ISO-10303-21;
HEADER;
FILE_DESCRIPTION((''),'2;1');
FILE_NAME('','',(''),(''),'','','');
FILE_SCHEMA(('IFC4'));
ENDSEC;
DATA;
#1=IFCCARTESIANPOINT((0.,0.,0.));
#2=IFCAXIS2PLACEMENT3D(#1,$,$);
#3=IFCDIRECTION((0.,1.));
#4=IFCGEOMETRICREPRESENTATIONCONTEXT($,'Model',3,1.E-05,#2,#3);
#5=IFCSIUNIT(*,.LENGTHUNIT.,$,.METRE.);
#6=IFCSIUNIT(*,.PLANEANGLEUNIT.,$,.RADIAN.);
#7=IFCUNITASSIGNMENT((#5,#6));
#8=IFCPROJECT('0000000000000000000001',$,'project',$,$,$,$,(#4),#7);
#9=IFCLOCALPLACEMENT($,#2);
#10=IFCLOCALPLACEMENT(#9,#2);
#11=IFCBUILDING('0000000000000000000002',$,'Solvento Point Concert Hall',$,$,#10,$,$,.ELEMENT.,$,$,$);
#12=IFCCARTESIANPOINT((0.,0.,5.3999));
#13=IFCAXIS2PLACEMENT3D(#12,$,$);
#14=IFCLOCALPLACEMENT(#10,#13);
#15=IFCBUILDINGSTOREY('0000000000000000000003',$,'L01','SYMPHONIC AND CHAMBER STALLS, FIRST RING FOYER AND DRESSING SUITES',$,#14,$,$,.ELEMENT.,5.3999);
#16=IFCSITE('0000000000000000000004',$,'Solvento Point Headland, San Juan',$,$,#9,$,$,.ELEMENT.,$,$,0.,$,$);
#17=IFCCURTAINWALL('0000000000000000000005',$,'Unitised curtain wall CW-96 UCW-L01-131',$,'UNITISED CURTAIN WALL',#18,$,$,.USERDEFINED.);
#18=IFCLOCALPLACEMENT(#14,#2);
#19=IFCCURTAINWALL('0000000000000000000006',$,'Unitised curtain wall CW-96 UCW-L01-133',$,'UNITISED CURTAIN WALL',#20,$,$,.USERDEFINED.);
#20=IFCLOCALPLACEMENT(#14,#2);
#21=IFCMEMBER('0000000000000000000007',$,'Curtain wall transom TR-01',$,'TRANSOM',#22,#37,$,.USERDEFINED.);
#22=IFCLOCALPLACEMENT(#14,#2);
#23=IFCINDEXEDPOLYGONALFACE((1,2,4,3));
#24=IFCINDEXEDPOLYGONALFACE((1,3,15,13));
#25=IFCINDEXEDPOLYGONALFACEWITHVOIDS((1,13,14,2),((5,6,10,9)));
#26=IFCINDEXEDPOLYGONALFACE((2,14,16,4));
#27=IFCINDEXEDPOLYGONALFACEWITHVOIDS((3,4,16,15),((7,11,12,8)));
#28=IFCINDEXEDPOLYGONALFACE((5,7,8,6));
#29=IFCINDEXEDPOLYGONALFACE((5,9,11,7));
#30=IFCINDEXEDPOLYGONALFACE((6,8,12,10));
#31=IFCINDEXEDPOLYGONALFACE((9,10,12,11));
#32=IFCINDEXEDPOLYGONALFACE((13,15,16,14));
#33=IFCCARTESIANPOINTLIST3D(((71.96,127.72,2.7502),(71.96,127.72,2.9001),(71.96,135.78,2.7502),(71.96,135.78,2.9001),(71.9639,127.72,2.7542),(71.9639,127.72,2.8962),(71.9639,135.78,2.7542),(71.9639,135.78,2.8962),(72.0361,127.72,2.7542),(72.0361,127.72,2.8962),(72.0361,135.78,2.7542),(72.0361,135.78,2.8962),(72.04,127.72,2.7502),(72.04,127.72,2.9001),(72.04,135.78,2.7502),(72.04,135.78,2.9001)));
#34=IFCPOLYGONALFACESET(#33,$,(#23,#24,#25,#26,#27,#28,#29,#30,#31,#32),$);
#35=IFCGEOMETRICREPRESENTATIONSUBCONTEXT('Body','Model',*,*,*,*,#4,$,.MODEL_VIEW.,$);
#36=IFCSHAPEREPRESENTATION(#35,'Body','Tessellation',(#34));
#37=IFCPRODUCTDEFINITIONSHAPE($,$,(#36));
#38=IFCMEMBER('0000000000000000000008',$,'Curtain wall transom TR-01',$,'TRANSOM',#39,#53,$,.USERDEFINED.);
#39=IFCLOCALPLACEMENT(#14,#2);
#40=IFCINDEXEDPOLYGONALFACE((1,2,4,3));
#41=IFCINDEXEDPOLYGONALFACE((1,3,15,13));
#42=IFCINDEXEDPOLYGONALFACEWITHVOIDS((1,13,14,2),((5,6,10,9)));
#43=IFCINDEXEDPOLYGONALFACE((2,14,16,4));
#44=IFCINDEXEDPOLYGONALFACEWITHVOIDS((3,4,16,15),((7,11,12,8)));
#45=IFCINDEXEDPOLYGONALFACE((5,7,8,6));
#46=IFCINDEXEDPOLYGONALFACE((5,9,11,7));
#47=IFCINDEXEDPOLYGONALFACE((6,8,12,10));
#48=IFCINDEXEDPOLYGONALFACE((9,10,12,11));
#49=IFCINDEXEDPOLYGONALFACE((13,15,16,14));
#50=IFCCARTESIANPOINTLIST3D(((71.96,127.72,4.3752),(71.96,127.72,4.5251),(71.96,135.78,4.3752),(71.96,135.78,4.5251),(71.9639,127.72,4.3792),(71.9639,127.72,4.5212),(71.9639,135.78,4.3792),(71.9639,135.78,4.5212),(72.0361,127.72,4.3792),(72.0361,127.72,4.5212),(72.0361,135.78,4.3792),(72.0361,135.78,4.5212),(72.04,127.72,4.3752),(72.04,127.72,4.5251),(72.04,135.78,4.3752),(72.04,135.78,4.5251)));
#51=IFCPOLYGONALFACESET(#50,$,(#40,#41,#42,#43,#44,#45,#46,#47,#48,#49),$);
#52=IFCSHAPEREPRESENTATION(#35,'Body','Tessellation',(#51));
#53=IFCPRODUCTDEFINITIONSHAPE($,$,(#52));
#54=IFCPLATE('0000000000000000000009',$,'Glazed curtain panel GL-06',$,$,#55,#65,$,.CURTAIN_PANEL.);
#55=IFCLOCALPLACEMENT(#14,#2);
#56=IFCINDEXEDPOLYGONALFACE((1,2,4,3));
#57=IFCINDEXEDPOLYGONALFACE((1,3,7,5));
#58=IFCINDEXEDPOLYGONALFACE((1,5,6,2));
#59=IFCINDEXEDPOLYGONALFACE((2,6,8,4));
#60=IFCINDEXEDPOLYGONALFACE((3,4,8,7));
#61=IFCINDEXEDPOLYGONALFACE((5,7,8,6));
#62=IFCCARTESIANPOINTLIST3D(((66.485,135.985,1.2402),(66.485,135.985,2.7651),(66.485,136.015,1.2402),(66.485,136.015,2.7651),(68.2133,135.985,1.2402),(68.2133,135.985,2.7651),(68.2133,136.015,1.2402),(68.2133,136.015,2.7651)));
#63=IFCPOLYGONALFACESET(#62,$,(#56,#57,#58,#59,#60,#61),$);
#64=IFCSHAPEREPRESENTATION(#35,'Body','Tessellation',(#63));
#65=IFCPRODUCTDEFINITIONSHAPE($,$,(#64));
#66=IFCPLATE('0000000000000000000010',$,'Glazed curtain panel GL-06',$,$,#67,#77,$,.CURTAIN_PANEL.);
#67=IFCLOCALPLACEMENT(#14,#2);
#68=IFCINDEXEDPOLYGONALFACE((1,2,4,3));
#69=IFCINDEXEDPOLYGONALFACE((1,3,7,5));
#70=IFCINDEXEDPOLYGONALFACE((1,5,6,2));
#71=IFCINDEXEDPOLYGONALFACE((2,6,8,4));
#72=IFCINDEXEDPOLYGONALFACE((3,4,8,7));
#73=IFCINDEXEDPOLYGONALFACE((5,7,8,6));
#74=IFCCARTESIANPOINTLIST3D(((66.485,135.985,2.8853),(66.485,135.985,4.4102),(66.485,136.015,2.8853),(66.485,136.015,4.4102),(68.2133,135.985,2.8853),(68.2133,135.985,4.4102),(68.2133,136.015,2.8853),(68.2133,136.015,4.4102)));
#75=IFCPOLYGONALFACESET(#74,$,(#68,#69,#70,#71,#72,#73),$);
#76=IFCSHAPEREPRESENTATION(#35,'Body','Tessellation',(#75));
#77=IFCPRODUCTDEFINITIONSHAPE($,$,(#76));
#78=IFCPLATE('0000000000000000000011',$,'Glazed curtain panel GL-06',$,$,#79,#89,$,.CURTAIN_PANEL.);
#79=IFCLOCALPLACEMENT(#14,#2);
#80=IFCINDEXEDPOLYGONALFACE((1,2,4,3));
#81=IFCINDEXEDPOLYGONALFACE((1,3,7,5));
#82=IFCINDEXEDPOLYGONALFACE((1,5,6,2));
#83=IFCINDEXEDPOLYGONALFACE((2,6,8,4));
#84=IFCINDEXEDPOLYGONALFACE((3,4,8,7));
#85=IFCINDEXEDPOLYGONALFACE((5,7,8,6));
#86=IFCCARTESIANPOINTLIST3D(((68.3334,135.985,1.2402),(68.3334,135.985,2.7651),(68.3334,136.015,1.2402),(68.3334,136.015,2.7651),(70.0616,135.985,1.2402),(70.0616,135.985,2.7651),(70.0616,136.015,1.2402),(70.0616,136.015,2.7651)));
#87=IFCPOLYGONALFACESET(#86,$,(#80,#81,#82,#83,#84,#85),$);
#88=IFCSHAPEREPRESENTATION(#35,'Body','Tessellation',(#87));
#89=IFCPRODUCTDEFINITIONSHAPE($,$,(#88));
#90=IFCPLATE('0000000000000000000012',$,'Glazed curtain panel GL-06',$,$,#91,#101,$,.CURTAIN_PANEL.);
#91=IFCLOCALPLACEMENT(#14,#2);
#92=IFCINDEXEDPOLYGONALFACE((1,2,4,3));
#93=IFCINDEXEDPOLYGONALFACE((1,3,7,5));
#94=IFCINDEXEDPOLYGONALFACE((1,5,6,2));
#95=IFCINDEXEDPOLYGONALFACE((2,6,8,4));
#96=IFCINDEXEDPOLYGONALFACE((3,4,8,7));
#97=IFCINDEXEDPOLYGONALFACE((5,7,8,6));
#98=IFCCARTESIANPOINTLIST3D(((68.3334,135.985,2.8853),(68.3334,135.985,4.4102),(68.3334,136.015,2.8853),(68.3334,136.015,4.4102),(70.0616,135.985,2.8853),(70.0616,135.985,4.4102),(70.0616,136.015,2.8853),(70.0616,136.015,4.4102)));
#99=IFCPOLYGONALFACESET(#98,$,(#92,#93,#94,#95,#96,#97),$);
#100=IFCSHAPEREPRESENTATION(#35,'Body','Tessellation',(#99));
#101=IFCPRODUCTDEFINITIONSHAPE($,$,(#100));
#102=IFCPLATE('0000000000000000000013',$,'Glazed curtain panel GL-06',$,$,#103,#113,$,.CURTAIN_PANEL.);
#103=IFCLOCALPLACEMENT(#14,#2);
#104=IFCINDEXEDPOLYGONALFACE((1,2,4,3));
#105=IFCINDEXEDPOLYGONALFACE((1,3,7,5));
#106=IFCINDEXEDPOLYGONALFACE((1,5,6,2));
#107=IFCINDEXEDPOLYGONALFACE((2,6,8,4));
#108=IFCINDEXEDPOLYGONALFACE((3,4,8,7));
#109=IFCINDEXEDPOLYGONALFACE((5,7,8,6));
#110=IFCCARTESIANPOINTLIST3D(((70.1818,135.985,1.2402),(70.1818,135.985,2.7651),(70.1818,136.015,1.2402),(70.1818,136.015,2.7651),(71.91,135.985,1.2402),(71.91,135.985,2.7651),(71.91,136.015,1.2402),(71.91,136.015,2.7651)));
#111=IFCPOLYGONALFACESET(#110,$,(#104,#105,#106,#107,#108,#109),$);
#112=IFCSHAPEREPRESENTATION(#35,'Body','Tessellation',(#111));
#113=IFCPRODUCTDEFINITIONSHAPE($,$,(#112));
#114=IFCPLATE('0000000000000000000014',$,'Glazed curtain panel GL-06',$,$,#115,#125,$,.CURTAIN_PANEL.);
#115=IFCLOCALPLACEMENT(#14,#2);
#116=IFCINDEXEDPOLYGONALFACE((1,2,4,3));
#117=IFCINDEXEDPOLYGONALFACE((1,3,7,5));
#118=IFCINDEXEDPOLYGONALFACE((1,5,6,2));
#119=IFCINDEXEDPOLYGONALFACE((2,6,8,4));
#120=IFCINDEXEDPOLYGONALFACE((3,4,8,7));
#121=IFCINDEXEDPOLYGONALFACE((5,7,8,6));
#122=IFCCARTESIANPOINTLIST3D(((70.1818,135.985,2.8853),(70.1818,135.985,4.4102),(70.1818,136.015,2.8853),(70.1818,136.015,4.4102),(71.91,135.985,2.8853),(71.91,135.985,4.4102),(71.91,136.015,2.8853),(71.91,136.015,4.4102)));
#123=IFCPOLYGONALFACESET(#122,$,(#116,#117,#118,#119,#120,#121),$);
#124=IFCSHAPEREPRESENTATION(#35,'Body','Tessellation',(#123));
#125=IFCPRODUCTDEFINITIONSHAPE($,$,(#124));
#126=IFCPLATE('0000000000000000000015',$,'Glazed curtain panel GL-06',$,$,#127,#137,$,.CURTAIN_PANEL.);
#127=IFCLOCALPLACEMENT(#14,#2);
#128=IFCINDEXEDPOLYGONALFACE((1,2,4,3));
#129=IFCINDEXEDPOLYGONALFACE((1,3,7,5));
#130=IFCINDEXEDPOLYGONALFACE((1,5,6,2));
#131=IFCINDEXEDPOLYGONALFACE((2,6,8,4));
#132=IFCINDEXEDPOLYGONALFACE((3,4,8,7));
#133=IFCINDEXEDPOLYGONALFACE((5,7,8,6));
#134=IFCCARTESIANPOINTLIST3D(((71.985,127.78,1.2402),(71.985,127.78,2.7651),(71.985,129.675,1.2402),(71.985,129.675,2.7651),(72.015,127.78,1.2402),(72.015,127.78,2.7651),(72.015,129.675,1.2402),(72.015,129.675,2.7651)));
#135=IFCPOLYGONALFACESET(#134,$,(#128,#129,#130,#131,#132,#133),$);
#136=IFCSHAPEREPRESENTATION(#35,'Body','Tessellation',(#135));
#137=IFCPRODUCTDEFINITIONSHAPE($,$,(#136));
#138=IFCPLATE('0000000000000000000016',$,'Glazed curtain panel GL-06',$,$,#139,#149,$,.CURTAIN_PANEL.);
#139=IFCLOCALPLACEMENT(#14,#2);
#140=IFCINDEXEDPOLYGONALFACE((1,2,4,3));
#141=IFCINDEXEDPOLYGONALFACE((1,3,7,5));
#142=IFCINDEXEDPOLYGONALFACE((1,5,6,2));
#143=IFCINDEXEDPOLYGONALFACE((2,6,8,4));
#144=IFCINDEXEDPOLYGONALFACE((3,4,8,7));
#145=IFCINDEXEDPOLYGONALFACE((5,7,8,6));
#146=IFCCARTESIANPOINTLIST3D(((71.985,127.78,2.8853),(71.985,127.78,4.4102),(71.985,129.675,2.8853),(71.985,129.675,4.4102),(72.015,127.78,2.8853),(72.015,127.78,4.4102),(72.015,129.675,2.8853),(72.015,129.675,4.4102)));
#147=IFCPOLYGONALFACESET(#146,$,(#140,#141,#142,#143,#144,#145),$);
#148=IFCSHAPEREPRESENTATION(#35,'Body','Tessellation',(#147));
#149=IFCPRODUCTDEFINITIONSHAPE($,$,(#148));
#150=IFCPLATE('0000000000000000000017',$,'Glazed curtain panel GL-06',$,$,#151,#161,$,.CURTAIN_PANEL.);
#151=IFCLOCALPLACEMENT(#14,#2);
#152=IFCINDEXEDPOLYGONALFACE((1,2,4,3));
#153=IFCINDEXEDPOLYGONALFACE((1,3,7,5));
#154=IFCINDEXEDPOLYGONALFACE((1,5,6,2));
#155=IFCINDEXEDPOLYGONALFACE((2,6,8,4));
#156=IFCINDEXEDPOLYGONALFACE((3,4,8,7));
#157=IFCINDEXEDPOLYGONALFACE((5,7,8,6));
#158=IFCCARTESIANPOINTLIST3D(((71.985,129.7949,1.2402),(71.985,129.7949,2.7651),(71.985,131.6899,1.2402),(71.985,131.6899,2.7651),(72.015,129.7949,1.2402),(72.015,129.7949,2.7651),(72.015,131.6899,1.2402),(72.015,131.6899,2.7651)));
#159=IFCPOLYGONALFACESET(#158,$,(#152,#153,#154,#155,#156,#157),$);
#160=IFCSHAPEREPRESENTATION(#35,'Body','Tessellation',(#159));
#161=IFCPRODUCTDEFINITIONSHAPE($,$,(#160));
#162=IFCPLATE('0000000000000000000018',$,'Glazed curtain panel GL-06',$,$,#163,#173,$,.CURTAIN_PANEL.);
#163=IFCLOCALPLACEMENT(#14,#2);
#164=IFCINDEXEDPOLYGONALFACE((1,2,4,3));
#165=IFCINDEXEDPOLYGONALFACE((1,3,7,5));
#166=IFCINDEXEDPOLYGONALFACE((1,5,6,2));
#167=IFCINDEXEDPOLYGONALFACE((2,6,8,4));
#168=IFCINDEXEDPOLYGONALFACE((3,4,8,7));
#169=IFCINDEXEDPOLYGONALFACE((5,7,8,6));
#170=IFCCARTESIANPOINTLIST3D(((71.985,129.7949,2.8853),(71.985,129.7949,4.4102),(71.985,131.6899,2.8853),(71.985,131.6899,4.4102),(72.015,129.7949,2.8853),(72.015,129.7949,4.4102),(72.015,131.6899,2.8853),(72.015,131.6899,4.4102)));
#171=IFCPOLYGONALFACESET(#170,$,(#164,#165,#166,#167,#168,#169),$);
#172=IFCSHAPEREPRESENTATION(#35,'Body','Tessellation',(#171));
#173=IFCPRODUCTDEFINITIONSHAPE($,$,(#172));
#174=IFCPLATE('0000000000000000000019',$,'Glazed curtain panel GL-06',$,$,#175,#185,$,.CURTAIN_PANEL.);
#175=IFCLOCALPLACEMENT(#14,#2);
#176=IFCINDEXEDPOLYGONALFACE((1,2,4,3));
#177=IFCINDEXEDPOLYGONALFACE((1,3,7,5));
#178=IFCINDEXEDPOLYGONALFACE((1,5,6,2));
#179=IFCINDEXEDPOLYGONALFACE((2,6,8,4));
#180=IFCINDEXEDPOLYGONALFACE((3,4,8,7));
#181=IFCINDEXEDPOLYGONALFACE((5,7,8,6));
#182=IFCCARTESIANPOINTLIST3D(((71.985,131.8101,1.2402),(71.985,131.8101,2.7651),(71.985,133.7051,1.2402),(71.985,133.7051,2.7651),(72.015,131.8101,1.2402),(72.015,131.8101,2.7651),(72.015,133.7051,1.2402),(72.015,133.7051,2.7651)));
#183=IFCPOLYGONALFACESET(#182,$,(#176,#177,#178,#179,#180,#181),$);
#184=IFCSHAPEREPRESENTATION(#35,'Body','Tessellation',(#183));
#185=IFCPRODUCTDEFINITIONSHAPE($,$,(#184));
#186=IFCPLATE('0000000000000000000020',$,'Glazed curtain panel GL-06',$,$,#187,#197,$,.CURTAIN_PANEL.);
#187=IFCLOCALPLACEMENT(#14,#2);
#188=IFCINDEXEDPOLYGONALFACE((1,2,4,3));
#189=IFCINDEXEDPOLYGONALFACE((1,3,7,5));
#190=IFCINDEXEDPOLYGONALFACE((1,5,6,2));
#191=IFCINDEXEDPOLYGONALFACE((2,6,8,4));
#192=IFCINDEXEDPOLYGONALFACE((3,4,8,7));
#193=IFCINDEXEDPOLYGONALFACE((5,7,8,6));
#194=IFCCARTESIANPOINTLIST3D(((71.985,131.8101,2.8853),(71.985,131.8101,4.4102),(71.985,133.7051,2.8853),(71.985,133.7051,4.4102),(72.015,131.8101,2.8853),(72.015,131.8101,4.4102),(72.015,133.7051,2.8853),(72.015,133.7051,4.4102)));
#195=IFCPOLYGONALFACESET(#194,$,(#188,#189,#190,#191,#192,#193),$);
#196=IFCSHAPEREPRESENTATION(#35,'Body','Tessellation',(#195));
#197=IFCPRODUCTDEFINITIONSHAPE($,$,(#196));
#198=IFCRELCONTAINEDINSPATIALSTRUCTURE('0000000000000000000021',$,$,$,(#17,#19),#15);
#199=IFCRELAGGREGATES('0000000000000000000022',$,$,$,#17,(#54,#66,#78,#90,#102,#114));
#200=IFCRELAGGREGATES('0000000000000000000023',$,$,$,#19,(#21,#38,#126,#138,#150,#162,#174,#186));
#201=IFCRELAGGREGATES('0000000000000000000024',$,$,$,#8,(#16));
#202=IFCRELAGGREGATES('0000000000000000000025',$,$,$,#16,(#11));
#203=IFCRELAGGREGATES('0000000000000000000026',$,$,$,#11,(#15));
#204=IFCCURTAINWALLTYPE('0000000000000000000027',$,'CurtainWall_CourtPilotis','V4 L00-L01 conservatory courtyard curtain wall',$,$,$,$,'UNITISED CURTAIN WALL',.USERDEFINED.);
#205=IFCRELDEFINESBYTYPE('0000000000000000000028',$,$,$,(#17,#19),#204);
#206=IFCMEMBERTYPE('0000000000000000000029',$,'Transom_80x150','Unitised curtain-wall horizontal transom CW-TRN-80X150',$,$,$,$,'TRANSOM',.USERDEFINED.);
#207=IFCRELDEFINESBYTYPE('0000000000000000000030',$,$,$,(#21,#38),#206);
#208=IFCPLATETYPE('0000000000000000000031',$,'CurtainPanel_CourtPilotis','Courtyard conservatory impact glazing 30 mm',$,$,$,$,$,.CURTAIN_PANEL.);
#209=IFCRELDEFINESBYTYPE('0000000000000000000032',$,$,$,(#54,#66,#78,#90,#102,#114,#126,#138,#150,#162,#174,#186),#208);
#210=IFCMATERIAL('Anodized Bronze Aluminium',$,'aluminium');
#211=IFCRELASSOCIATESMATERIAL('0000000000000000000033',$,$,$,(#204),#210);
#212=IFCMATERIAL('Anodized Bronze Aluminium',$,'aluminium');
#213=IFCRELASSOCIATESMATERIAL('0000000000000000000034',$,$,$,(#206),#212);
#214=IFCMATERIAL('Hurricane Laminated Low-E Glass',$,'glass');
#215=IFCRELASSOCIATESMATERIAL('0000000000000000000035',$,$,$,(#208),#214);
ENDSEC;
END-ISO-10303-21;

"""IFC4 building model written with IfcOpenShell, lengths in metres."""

from ifc_helpers import new_model, si_unit, direction, frame, origin, origin_2d, place, context, subcontext, project, spatial, rectangle, hollow_rectangle, extrude, material, material_profile, profile_set, type_object, element, aggregate, save


model = new_model("IFC4")

# Units and contexts
model_context = context("Model", 3, precision=1e-05, world=origin(), true_north=direction((0.0, 1.0)))
body_context = subcontext(model_context, "Body", "Model", "MODEL_VIEW")
ifc_project = project(units=[si_unit("LENGTHUNIT", "METRE"), si_unit("PLANEANGLEUNIT", "RADIAN")], contexts=[model_context])

# Site, building, storey
site_placement = place(None, origin())
site = spatial("IfcSite", under=ifc_project, at=site_placement, Name="Solvento Point Headland, San Juan", CompositionType="ELEMENT", RefElevation=0.0)
building_placement = place(site_placement, origin())
building = spatial("IfcBuilding", under=site, at=building_placement, Name="Solvento Point Concert Hall", CompositionType="ELEMENT")
storey_placement = place(building_placement, frame((0.0, 0.0, 5.3999)))
storey = spatial("IfcBuildingStorey", under=building, at=storey_placement, Name="L01", Description="SYMPHONIC AND CHAMBER STALLS, FIRST RING FOYER AND DRESSING SUITES", CompositionType="ELEMENT", Elevation=5.3999)

# Curtain walls
ifc_material_1 = material(Name="Anodized Bronze Aluminium", Category="aluminium")
curtain_wall_type = type_object("IfcCurtainWallType", Name="CurtainWall_CourtPilotis", Description="V4 L00-L01 conservatory courtyard curtain wall", ElementType="UNITISED CURTAIN WALL", PredefinedType="USERDEFINED", material=ifc_material_1)
curtain_wall_1_placement = place(storey_placement, origin())
curtain_wall_1 = element("IfcCurtainWall", 1, at=curtain_wall_1_placement, inside=storey, type_object=curtain_wall_type, Name="Unitised curtain wall CW-96 UCW-L01-131", ObjectType="UNITISED CURTAIN WALL", PredefinedType="USERDEFINED")
curtain_wall_2_placement = place(storey_placement, origin())
curtain_wall_2 = element("IfcCurtainWall", 2, at=curtain_wall_2_placement, inside=storey, type_object=curtain_wall_type, Name="Unitised curtain wall CW-96 UCW-L01-133", ObjectType="UNITISED CURTAIN WALL", PredefinedType="USERDEFINED")

# Members
ifc_material_2 = material(Name="Anodized Bronze Aluminium", Category="aluminium")
ifc_material_profile_1 = material_profile(ifc_material_2, hollow_rectangle(XDim=0.0801, YDim=0.1499, WallThickness=0.0039, at=origin_2d()), Name="CW-TRN-80X150")
ifc_profile_set_1 = profile_set([ifc_material_profile_1], Name="Anodized Bronze Aluminium")
member_type_1 = type_object("IfcMemberType", Name="Transom_80x150", Description="Unitised curtain-wall horizontal transom CW-TRN-80X150", ElementType="TRANSOM", PredefinedType="USERDEFINED", material=ifc_profile_set_1)
member_1_placement = place(storey_placement, frame((72.0, 127.72, 2.8252), z_axis=(0.0, 1.0, 0.0), x_axis=(-1.0, 0.0, 0.0)))
member_1 = element("IfcMember", 3, at=member_1_placement, type_object=member_type_1, Name="Curtain wall transom TR-01", ObjectType="TRANSOM", PredefinedType="USERDEFINED", context=body_context, shape_type="SweptSolid", body=[
    extrude(hollow_rectangle(XDim=0.0801, YDim=0.1499, WallThickness=0.0039, at=origin_2d()), origin(), (0.0, 0.0, 1.0), 8.0601),
])
member_2_placement = place(storey_placement, frame((72.0, 127.72, 4.4502), z_axis=(0.0, 1.0, 0.0), x_axis=(-1.0, 0.0, 0.0)))
member_2 = element("IfcMember", 4, at=member_2_placement, type_object=member_type_1, Name="Curtain wall transom TR-01", ObjectType="TRANSOM", PredefinedType="USERDEFINED", context=body_context, shape_type="SweptSolid", body=[
    extrude(hollow_rectangle(XDim=0.0801, YDim=0.1499, WallThickness=0.0039, at=origin_2d()), origin(), (0.0, 0.0, 1.0), 8.0601),
])

# Plates
ifc_material_3 = material(Name="Hurricane Laminated Low-E Glass", Category="glass")
plate_type = type_object("IfcPlateType", Name="CurtainPanel_CourtPilotis", Description="Courtyard conservatory impact glazing 30 mm", PredefinedType="CURTAIN_PANEL", material=ifc_material_3)
plate_1_placement = place(storey_placement, frame((67.3491, 136.0, 1.2402), z_axis=(0.0, 0.0, 1.0), x_axis=(1.0, 0.0, 0.0)))
plate_1 = element("IfcPlate", 5, at=plate_1_placement, type_object=plate_type, Name="Glazed curtain panel GL-06", PredefinedType="CURTAIN_PANEL", context=body_context, shape_type="SweptSolid", body=[
    extrude(rectangle(XDim=1.7283, YDim=0.03, at=origin_2d()), origin(), (0.0, 0.0, 1.0), 1.5249),
])
plate_2_placement = place(storey_placement, frame((67.3491, 136.0, 2.8853), z_axis=(0.0, 0.0, 1.0), x_axis=(1.0, 0.0, 0.0)))
plate_2 = element("IfcPlate", 6, at=plate_2_placement, type_object=plate_type, Name="Glazed curtain panel GL-06", PredefinedType="CURTAIN_PANEL", context=body_context, shape_type="SweptSolid", body=[
    extrude(rectangle(XDim=1.7283, YDim=0.03, at=origin_2d()), origin(), (0.0, 0.0, 1.0), 1.5249),
])
plate_3_placement = place(storey_placement, frame((69.1975, 136.0, 1.2402), z_axis=(0.0, 0.0, 1.0), x_axis=(1.0, 0.0, 0.0)))
plate_3 = element("IfcPlate", 7, at=plate_3_placement, type_object=plate_type, Name="Glazed curtain panel GL-06", PredefinedType="CURTAIN_PANEL", context=body_context, shape_type="SweptSolid", body=[
    extrude(rectangle(XDim=1.7283, YDim=0.03, at=origin_2d()), origin(), (0.0, 0.0, 1.0), 1.5249),
])
plate_4_placement = place(storey_placement, frame((69.1975, 136.0, 2.8853), z_axis=(0.0, 0.0, 1.0), x_axis=(1.0, 0.0, 0.0)))
plate_4 = element("IfcPlate", 8, at=plate_4_placement, type_object=plate_type, Name="Glazed curtain panel GL-06", PredefinedType="CURTAIN_PANEL", context=body_context, shape_type="SweptSolid", body=[
    extrude(rectangle(XDim=1.7283, YDim=0.03, at=origin_2d()), origin(), (0.0, 0.0, 1.0), 1.5249),
])
plate_5_placement = place(storey_placement, frame((71.0459, 136.0, 1.2402), z_axis=(0.0, 0.0, 1.0), x_axis=(1.0, 0.0, 0.0)))
plate_5 = element("IfcPlate", 9, at=plate_5_placement, type_object=plate_type, Name="Glazed curtain panel GL-06", PredefinedType="CURTAIN_PANEL", context=body_context, shape_type="SweptSolid", body=[
    extrude(rectangle(XDim=1.7283, YDim=0.03, at=origin_2d()), origin(), (0.0, 0.0, 1.0), 1.5249),
])
plate_6_placement = place(storey_placement, frame((71.0459, 136.0, 2.8853), z_axis=(0.0, 0.0, 1.0), x_axis=(1.0, 0.0, 0.0)))
plate_6 = element("IfcPlate", 10, at=plate_6_placement, type_object=plate_type, Name="Glazed curtain panel GL-06", PredefinedType="CURTAIN_PANEL", context=body_context, shape_type="SweptSolid", body=[
    extrude(rectangle(XDim=1.7283, YDim=0.03, at=origin_2d()), origin(), (0.0, 0.0, 1.0), 1.5249),
])
aggregate(curtain_wall_1, [plate_1, plate_2, plate_3, plate_4, plate_5, plate_6])
plate_7_placement = place(storey_placement, frame((72.0, 128.7275, 1.2402), z_axis=(0.0, 0.0, 1.0), x_axis=(0.0, 1.0, 0.0)))
plate_7 = element("IfcPlate", 11, at=plate_7_placement, type_object=plate_type, Name="Glazed curtain panel GL-06", PredefinedType="CURTAIN_PANEL", context=body_context, shape_type="SweptSolid", body=[
    extrude(rectangle(XDim=1.895, YDim=0.03, at=origin_2d()), origin(), (0.0, 0.0, 1.0), 1.5249),
])
plate_8_placement = place(storey_placement, frame((72.0, 128.7275, 2.8853), z_axis=(0.0, 0.0, 1.0), x_axis=(0.0, 1.0, 0.0)))
plate_8 = element("IfcPlate", 12, at=plate_8_placement, type_object=plate_type, Name="Glazed curtain panel GL-06", PredefinedType="CURTAIN_PANEL", context=body_context, shape_type="SweptSolid", body=[
    extrude(rectangle(XDim=1.895, YDim=0.03, at=origin_2d()), origin(), (0.0, 0.0, 1.0), 1.5249),
])
plate_9_placement = place(storey_placement, frame((72.0, 130.7424, 1.2402), z_axis=(0.0, 0.0, 1.0), x_axis=(0.0, 1.0, 0.0)))
plate_9 = element("IfcPlate", 13, at=plate_9_placement, type_object=plate_type, Name="Glazed curtain panel GL-06", PredefinedType="CURTAIN_PANEL", context=body_context, shape_type="SweptSolid", body=[
    extrude(rectangle(XDim=1.895, YDim=0.03, at=origin_2d()), origin(), (0.0, 0.0, 1.0), 1.5249),
])
plate_10_placement = place(storey_placement, frame((72.0, 130.7424, 2.8853), z_axis=(0.0, 0.0, 1.0), x_axis=(0.0, 1.0, 0.0)))
plate_10 = element("IfcPlate", 14, at=plate_10_placement, type_object=plate_type, Name="Glazed curtain panel GL-06", PredefinedType="CURTAIN_PANEL", context=body_context, shape_type="SweptSolid", body=[
    extrude(rectangle(XDim=1.895, YDim=0.03, at=origin_2d()), origin(), (0.0, 0.0, 1.0), 1.5249),
])
plate_11_placement = place(storey_placement, frame((72.0, 132.7576, 1.2402), z_axis=(0.0, 0.0, 1.0), x_axis=(0.0, 1.0, 0.0)))
plate_11 = element("IfcPlate", 15, at=plate_11_placement, type_object=plate_type, Name="Glazed curtain panel GL-06", PredefinedType="CURTAIN_PANEL", context=body_context, shape_type="SweptSolid", body=[
    extrude(rectangle(XDim=1.895, YDim=0.03, at=origin_2d()), origin(), (0.0, 0.0, 1.0), 1.5249),
])
plate_12_placement = place(storey_placement, frame((72.0, 132.7576, 2.8853), z_axis=(0.0, 0.0, 1.0), x_axis=(0.0, 1.0, 0.0)))
plate_12 = element("IfcPlate", 16, at=plate_12_placement, type_object=plate_type, Name="Glazed curtain panel GL-06", PredefinedType="CURTAIN_PANEL", context=body_context, shape_type="SweptSolid", body=[
    extrude(rectangle(XDim=1.895, YDim=0.03, at=origin_2d()), origin(), (0.0, 0.0, 1.0), 1.5249),
])
aggregate(curtain_wall_2, [member_1, member_2, plate_7, plate_8, plate_9, plate_10, plate_11, plate_12])

save(model, "model.ifc")
